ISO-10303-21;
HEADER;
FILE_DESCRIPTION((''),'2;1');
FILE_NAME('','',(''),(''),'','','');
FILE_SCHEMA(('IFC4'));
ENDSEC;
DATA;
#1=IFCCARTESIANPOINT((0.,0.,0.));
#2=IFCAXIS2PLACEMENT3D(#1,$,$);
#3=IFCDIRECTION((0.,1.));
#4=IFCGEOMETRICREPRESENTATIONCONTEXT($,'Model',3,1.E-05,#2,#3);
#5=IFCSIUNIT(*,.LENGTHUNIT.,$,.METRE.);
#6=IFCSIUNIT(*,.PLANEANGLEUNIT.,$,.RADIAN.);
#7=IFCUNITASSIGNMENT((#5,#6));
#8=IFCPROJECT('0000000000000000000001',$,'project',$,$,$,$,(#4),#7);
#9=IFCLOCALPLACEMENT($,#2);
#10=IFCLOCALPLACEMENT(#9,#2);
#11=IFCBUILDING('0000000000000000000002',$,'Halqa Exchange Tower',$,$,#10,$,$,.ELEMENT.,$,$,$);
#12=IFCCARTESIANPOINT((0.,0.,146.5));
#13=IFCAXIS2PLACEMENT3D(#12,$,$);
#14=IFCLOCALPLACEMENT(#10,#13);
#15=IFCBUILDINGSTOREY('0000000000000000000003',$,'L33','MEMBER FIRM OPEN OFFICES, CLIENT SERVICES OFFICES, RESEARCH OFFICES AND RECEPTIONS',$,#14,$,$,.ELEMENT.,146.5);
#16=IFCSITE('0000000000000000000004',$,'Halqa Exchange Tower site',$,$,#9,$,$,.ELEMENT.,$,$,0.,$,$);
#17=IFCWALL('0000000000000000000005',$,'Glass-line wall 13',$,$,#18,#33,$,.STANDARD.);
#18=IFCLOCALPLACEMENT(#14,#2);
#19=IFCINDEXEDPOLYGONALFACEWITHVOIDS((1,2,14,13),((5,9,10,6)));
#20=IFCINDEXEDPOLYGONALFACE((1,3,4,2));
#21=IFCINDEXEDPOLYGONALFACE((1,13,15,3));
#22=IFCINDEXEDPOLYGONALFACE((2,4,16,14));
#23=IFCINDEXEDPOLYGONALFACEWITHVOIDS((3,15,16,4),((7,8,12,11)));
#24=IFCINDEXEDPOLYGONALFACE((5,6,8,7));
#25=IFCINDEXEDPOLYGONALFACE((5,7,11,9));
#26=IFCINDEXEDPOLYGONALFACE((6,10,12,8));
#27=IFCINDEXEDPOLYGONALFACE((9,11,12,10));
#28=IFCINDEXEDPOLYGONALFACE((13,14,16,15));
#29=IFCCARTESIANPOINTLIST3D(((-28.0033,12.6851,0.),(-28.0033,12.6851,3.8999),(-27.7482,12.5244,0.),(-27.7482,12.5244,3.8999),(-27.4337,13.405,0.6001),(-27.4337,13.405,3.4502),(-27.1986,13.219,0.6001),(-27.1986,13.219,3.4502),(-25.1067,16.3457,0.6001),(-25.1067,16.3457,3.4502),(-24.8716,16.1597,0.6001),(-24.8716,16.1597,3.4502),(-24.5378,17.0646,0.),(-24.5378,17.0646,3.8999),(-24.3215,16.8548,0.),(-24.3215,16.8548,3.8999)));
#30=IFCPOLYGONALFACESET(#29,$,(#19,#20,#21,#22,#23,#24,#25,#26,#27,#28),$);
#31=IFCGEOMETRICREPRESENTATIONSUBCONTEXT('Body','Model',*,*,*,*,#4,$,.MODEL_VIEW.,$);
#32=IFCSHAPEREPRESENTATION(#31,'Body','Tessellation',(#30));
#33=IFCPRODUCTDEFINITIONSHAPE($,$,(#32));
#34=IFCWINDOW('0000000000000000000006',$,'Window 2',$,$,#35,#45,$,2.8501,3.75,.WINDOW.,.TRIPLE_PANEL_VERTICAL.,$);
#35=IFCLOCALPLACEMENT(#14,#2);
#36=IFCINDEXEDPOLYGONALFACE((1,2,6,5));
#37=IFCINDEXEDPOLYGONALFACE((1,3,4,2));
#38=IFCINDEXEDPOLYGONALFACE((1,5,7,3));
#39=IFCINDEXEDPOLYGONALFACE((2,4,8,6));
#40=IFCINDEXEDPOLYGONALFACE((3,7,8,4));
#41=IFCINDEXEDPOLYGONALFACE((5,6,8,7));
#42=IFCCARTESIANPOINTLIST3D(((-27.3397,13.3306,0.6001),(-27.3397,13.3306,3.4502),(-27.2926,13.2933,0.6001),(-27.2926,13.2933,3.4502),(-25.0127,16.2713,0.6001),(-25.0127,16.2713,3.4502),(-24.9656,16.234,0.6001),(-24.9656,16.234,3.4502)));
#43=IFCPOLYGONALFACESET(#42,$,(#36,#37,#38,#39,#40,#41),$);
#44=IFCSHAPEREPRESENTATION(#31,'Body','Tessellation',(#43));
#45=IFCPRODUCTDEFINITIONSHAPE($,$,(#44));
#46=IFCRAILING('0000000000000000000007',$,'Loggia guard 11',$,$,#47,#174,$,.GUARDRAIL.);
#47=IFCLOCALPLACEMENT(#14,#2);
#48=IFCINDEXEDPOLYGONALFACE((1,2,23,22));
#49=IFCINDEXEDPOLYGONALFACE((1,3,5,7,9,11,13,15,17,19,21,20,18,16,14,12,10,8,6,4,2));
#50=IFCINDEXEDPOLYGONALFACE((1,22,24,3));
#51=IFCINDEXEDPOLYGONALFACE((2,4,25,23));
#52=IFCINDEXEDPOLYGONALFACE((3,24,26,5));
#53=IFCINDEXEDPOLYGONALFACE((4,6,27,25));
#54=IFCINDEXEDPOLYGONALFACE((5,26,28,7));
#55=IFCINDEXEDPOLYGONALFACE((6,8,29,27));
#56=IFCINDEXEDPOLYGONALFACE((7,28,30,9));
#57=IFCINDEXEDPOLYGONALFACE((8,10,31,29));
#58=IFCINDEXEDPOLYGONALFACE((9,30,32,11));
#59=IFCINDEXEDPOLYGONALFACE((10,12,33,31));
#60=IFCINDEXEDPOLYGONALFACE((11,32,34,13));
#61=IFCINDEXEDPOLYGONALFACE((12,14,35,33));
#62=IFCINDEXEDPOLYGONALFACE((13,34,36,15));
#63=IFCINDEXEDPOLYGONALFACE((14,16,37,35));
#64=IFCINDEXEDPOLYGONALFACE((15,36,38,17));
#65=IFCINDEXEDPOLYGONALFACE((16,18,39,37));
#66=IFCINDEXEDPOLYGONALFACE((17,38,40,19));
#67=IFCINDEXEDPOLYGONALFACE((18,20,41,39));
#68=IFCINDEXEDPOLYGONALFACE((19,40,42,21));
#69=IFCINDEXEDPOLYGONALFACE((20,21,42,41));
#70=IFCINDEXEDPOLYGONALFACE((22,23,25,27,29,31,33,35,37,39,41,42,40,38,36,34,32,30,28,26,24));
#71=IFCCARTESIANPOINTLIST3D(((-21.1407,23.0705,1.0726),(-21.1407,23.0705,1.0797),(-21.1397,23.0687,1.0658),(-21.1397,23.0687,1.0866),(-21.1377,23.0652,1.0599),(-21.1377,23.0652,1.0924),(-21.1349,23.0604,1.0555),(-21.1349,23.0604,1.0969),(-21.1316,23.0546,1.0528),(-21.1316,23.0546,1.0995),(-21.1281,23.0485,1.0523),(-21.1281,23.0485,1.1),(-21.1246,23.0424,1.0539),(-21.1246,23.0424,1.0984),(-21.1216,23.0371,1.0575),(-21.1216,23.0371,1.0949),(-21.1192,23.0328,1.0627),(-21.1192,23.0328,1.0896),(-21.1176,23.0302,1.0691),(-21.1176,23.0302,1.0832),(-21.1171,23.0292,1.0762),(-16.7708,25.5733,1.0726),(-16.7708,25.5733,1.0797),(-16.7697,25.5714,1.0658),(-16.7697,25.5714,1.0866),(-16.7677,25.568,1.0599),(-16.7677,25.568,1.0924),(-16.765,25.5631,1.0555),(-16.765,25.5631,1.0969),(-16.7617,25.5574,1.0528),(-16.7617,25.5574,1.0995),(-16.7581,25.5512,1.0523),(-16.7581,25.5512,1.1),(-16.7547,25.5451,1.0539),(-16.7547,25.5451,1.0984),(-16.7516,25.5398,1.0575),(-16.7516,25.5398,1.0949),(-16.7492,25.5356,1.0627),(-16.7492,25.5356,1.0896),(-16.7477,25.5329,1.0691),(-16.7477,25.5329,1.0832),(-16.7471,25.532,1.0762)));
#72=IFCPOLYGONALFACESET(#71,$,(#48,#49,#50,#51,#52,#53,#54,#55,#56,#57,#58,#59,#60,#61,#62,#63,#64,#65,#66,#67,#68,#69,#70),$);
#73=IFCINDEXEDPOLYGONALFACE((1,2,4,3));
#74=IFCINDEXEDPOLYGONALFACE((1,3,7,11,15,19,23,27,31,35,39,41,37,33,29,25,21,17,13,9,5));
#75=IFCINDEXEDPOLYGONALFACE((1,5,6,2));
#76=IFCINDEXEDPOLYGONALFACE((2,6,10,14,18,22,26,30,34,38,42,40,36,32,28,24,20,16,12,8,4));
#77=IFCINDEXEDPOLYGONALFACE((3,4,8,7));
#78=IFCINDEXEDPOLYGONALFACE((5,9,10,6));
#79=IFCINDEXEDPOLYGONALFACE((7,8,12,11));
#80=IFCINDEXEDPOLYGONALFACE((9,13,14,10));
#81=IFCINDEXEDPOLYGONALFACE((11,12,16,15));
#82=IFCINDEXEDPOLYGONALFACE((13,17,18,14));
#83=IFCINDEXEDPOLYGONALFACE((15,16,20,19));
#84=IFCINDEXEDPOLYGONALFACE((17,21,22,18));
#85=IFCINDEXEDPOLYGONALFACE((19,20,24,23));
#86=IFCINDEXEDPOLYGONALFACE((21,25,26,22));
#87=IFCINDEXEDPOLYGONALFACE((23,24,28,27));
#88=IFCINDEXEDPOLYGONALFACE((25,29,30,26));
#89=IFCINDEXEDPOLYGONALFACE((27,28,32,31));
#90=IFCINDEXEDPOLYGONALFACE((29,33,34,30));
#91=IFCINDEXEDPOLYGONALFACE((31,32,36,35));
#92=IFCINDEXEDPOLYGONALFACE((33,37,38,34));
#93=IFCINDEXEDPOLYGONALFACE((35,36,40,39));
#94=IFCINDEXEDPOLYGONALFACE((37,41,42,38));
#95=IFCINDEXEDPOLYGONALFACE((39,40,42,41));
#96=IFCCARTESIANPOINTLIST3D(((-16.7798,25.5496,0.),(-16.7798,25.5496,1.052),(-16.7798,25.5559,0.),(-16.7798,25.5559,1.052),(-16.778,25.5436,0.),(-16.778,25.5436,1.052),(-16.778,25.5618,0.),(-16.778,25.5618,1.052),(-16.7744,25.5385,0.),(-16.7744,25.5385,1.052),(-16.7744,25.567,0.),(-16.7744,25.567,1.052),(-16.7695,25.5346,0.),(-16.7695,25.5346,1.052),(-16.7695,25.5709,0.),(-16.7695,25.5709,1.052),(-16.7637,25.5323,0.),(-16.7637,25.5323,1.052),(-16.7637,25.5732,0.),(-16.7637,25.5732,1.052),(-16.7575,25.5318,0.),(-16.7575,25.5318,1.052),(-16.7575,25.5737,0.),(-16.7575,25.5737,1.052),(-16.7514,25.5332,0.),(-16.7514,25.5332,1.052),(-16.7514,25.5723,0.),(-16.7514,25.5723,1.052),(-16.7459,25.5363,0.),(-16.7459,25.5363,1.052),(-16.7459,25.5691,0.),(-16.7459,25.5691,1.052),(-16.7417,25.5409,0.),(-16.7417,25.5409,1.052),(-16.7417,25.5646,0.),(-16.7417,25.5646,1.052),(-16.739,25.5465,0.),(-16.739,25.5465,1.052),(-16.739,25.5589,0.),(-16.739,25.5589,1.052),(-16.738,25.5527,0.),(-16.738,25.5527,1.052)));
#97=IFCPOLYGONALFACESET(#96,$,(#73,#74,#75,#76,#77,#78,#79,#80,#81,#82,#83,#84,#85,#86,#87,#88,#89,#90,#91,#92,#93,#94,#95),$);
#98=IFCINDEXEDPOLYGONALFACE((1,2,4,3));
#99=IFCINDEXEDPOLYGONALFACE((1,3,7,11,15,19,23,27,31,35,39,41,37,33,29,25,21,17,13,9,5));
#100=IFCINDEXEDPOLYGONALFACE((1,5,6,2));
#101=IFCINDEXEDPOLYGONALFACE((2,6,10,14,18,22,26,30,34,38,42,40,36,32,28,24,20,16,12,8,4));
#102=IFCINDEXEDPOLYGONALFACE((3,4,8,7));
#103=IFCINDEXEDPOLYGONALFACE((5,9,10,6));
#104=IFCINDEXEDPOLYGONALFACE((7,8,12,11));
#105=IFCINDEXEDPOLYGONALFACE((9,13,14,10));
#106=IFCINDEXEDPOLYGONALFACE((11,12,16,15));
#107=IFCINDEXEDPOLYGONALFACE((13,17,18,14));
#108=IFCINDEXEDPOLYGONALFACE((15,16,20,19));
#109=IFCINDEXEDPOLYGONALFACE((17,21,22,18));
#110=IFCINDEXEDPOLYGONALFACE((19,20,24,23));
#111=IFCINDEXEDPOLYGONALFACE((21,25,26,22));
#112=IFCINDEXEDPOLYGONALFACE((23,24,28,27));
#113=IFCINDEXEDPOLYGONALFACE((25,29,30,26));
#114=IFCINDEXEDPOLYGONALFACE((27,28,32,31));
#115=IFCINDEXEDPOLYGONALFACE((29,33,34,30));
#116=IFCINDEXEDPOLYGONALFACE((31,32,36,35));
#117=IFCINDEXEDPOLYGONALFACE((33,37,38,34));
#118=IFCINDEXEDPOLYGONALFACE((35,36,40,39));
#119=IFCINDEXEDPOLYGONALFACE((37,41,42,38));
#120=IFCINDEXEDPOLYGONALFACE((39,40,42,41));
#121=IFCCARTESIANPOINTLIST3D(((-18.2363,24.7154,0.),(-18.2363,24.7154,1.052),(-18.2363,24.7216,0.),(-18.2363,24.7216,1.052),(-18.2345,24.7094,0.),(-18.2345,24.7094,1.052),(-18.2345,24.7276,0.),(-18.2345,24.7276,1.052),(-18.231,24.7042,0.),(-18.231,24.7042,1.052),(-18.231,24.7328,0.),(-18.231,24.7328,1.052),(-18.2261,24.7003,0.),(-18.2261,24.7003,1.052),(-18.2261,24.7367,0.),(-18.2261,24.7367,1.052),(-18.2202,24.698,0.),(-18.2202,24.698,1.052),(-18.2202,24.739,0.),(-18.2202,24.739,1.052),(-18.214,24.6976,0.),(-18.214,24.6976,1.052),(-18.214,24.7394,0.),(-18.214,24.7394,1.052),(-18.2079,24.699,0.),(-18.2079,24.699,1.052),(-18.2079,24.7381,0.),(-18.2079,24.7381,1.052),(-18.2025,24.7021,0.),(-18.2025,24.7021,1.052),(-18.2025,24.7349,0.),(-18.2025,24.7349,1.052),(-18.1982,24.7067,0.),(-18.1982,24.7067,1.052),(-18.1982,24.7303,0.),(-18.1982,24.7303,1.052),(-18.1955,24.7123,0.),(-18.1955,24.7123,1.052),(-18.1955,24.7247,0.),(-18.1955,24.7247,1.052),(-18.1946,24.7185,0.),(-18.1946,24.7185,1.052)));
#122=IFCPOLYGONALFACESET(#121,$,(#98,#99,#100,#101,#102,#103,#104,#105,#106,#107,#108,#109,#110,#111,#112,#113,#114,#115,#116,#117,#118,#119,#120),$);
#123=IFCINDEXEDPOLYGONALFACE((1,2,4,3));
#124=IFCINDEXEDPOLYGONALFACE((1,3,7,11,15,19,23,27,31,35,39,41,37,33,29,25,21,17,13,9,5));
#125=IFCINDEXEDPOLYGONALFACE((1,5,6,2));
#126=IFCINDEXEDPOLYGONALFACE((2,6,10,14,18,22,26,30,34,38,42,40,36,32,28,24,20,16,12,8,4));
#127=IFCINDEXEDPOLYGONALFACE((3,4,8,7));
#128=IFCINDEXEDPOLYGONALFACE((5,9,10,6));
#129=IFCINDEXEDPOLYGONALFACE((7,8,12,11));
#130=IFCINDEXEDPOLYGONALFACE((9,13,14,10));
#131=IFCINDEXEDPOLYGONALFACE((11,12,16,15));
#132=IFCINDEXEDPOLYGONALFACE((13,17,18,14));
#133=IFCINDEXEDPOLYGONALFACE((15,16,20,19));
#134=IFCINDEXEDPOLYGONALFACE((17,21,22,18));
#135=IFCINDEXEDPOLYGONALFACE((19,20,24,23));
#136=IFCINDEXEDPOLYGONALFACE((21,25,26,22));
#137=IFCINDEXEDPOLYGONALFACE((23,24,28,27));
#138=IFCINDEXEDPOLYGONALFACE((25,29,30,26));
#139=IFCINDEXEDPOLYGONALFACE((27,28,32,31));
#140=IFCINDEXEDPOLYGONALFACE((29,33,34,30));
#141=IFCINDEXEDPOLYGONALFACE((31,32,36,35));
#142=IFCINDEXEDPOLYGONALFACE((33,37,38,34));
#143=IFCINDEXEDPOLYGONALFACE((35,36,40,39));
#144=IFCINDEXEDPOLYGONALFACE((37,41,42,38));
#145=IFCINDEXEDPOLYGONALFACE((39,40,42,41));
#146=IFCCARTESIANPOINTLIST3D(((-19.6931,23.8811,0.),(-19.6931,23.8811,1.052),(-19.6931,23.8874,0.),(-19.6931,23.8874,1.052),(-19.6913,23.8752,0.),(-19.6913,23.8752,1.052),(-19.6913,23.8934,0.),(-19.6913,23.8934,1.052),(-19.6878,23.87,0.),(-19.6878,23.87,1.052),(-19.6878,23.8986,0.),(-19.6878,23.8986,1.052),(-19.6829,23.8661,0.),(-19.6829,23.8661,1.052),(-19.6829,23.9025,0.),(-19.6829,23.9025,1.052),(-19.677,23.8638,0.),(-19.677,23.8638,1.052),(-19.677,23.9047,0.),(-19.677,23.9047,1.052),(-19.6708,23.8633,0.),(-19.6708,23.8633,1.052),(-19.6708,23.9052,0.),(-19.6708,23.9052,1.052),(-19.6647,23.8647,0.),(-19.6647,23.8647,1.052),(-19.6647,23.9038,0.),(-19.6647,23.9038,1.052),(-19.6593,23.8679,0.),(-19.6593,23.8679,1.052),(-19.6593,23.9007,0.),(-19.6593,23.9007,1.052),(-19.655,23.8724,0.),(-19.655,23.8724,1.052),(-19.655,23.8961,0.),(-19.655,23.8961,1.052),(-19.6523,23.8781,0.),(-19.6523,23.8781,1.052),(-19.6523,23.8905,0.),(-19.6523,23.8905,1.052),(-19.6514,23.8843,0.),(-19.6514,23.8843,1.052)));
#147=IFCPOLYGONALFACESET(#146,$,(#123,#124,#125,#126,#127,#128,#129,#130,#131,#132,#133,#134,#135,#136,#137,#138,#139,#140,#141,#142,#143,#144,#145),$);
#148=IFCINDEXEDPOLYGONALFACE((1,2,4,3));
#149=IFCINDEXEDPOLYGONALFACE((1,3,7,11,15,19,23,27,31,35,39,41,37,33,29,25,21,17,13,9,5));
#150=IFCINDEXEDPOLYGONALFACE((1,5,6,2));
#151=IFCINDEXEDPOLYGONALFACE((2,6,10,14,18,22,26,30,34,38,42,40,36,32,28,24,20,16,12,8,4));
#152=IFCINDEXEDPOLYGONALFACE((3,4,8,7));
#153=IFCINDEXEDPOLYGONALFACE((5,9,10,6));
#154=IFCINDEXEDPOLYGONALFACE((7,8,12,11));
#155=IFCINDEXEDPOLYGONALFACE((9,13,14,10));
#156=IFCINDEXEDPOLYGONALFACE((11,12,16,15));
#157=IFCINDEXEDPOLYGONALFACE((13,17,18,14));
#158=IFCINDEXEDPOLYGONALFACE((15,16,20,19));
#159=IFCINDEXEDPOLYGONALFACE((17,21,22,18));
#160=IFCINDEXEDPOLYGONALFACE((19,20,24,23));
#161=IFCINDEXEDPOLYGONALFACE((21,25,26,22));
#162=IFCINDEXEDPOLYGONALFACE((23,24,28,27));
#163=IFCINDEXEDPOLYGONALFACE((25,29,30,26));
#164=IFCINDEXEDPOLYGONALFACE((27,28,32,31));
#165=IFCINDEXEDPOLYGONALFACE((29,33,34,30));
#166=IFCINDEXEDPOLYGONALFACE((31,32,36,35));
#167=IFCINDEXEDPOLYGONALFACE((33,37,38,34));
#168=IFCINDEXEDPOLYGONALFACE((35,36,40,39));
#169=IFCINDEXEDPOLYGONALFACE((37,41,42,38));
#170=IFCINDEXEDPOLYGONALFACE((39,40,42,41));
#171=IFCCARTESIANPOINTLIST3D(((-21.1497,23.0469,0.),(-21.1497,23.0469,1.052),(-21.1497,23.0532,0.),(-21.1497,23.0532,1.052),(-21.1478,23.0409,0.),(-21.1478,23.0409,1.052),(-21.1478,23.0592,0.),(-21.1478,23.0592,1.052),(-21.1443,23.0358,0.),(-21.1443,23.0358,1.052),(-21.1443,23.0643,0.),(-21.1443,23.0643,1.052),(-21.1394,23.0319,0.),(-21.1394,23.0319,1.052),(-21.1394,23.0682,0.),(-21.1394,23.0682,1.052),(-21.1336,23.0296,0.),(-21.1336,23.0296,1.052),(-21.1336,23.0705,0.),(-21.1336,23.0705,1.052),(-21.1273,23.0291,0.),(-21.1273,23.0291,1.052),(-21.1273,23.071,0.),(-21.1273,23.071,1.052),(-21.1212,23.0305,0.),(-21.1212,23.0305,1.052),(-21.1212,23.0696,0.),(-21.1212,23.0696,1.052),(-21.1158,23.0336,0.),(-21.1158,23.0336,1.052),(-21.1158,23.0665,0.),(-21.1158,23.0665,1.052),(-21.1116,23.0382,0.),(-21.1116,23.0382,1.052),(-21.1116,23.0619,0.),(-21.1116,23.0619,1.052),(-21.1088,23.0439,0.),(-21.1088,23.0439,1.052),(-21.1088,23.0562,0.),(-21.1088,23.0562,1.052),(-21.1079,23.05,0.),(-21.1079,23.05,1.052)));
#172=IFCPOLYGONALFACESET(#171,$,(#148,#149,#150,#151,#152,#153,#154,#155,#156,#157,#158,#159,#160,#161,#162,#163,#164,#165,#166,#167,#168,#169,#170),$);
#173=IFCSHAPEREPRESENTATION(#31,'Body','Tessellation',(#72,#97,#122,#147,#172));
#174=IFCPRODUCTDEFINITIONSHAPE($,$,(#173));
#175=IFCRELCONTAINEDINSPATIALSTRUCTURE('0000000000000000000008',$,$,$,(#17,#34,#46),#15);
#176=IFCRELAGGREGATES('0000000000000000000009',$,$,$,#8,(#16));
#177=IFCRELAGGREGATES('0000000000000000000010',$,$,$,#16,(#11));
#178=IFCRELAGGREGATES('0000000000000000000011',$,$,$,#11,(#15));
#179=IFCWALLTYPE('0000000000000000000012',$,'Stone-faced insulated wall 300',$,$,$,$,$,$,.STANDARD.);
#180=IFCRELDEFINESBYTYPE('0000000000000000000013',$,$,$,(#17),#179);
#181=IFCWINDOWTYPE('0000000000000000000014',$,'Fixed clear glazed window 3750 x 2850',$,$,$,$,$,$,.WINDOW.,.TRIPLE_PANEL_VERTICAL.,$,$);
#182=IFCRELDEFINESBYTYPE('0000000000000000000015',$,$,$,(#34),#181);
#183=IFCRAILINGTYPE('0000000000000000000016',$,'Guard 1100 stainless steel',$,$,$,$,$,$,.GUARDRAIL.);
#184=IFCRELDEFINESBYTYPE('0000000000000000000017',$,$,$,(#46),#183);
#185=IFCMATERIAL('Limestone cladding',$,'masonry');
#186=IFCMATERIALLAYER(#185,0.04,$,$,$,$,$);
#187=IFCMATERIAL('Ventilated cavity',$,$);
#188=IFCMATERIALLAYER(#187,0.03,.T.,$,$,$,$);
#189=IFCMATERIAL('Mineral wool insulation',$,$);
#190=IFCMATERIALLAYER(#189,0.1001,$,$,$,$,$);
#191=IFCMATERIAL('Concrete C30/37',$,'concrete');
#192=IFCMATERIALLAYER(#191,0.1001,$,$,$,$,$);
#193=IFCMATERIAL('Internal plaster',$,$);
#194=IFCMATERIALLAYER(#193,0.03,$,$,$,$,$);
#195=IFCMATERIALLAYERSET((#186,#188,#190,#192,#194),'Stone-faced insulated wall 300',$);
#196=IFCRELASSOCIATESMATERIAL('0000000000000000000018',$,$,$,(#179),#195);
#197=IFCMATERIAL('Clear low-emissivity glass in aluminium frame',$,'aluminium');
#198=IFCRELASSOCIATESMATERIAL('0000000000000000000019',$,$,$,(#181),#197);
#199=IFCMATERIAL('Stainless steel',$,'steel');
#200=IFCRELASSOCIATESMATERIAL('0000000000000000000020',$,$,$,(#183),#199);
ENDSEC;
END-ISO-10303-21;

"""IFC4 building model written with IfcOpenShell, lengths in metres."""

from ifc_helpers import new_model, si_unit, direction, frame, frame_2d, origin, origin_2d, place, context, subcontext, project, spatial, polyline, rectangle, circle, outline, extrude, material, layer, layer_set, type_object, element, fill, save


model = new_model("IFC4")

# Units and contexts
model_context = context("Model", 3, precision=1e-05, world=origin(), true_north=direction((0.0, 1.0)))
body_context = subcontext(model_context, "Body", "Model", "MODEL_VIEW")
ifc_project = project(units=[si_unit("LENGTHUNIT", "METRE"), si_unit("PLANEANGLEUNIT", "RADIAN")], contexts=[model_context])

# Site, building, storey
site_placement = place(None, origin())
site = spatial("IfcSite", under=ifc_project, at=site_placement, Name="Halqa Exchange Tower site", CompositionType="ELEMENT", RefElevation=0.0)
building_placement = place(site_placement, origin())
building = spatial("IfcBuilding", under=site, at=building_placement, Name="Halqa Exchange Tower", CompositionType="ELEMENT")
storey_placement = place(building_placement, frame((0.0, 0.0, 146.5)))
storey = spatial("IfcBuildingStorey", under=building, at=storey_placement, Name="L33", Description="MEMBER FIRM OPEN OFFICES, CLIENT SERVICES OFFICES, RESEARCH OFFICES AND RECEPTIONS", CompositionType="ELEMENT", Elevation=146.5)

# Shared definitions
ifc_material_1 = material(Name="Limestone cladding", Category="masonry")
ifc_layer_1 = layer(ifc_material_1, 0.04)
ifc_material_2 = material(Name="Ventilated cavity")
ifc_layer_2 = layer(ifc_material_2, 0.03, ventilated=True)
ifc_material_3 = material(Name="Mineral wool insulation")
ifc_layer_3 = layer(ifc_material_3, 0.1001)
ifc_material_4 = material(Name="Concrete C30/37", Category="concrete")
ifc_layer_4 = layer(ifc_material_4, 0.1001)
ifc_material_5 = material(Name="Internal plaster")
ifc_layer_5 = layer(ifc_material_5, 0.03)
ifc_layer_set_1 = layer_set([ifc_layer_1, ifc_layer_2, ifc_layer_3, ifc_layer_4, ifc_layer_5], Name="Stone-faced insulated wall 300")
wall_type_1 = type_object("IfcWallType", Name="Stone-faced insulated wall 300", PredefinedType="STANDARD", material=ifc_layer_set_1)
ifc_material_6 = material(Name="Clear low-emissivity glass in aluminium frame", Category="aluminium")
window_type = type_object("IfcWindowType", Name="Fixed clear glazed window 3750 x 2850", PartitioningType="TRIPLE_PANEL_VERTICAL", PredefinedType="WINDOW", material=ifc_material_6)

# Wall, opening, window
wall_1_placement = place(storey_placement, frame((-24.4297, 16.9597, 0.0), z_axis=(0.0, 0.0, 1.0), x_axis=(-0.620521, -0.78419, 0.0)))
wall_1 = element("IfcWall", 1, at=wall_1_placement, inside=storey, type_object=wall_type_1, Name="Glass-line wall 13", PredefinedType="STANDARD", context=body_context, shape_type="SweptSolid", body=[
    extrude(outline(polyline([(-0.0151, -0.1499), (5.5696, -0.1499), (5.5374, 0.1499), (0.0151, 0.1499), (-0.0151, -0.1499)])), origin(), (0.0, 0.0, 1.0), 3.8999),
])
opening_1_placement = place(wall_1_placement, frame((0.9016, 0.0, 0.6001)))
opening_1 = element("IfcOpeningElement", 2, at=opening_1_placement, cuts=wall_1, PredefinedType="OPENING", context=body_context, shape_type="SweptSolid", body=[
    extrude(rectangle(XDim=3.75, YDim=2.8501, at=frame_2d((1.875, 1.425))), frame((0.0, 0.1621, 0.0), z_axis=(0.0, -1.0, 0.0), x_axis=(1.0, 0.0, 0.0)), (0.0, 0.0, 1.0), 0.324),
])
window_1_placement = place(opening_1_placement, origin())
window_1 = element("IfcWindow", 3, at=window_1_placement, inside=storey, type_object=window_type, Name="Window 2", OverallHeight=2.8501, OverallWidth=3.75, PartitioningType="TRIPLE_PANEL_VERTICAL", PredefinedType="WINDOW", context=body_context, shape_type="SweptSolid", body=[
    extrude(rectangle(XDim=3.75, YDim=2.8501, at=frame_2d((1.875, 1.425))), frame((0.0, 0.03, 0.0), z_axis=(0.0, -1.0, 0.0), x_axis=(1.0, 0.0, 0.0)), (0.0, 0.0, 1.0), 0.0601),
])
fill(opening_1, window_1)

# Railing
ifc_material_7 = material(Name="Stainless steel", Category="steel")
railing_type = type_object("IfcRailingType", Name="Guard 1100 stainless steel", PredefinedType="GUARDRAIL", material=ifc_material_7)
railing_1_placement = place(storey_placement, frame((-16.759, 25.5527, 0.0)))
element("IfcRailing", 4, at=railing_1_placement, inside=storey, type_object=railing_type, Name="Loggia guard 11", PredefinedType="GUARDRAIL", context=body_context, shape_type="SweptSolid", body=[
    extrude(circle(Radius=0.0239, at=origin_2d()), frame((0.0, 0.0, 1.0762), z_axis=(-0.867762, -0.496979, 0.0), x_axis=(0.496979, -0.867762, 0.0)), (0.0, 0.0, 1.0), 5.0359),
    extrude(circle(Radius=0.021, at=origin_2d()), origin(), (0.0, 0.0, 1.0), 1.052),
    extrude(circle(Radius=0.021, at=origin_2d()), frame((-1.4565, -0.8342, 0.0)), (0.0, 0.0, 1.0), 1.052),
    extrude(circle(Radius=0.021, at=origin_2d()), frame((-2.9133, -1.6685, 0.0)), (0.0, 0.0, 1.0), 1.052),
    extrude(circle(Radius=0.021, at=origin_2d()), frame((-4.3699, -2.5027, 0.0)), (0.0, 0.0, 1.0), 1.052),
])

save(model, "model.ifc")
